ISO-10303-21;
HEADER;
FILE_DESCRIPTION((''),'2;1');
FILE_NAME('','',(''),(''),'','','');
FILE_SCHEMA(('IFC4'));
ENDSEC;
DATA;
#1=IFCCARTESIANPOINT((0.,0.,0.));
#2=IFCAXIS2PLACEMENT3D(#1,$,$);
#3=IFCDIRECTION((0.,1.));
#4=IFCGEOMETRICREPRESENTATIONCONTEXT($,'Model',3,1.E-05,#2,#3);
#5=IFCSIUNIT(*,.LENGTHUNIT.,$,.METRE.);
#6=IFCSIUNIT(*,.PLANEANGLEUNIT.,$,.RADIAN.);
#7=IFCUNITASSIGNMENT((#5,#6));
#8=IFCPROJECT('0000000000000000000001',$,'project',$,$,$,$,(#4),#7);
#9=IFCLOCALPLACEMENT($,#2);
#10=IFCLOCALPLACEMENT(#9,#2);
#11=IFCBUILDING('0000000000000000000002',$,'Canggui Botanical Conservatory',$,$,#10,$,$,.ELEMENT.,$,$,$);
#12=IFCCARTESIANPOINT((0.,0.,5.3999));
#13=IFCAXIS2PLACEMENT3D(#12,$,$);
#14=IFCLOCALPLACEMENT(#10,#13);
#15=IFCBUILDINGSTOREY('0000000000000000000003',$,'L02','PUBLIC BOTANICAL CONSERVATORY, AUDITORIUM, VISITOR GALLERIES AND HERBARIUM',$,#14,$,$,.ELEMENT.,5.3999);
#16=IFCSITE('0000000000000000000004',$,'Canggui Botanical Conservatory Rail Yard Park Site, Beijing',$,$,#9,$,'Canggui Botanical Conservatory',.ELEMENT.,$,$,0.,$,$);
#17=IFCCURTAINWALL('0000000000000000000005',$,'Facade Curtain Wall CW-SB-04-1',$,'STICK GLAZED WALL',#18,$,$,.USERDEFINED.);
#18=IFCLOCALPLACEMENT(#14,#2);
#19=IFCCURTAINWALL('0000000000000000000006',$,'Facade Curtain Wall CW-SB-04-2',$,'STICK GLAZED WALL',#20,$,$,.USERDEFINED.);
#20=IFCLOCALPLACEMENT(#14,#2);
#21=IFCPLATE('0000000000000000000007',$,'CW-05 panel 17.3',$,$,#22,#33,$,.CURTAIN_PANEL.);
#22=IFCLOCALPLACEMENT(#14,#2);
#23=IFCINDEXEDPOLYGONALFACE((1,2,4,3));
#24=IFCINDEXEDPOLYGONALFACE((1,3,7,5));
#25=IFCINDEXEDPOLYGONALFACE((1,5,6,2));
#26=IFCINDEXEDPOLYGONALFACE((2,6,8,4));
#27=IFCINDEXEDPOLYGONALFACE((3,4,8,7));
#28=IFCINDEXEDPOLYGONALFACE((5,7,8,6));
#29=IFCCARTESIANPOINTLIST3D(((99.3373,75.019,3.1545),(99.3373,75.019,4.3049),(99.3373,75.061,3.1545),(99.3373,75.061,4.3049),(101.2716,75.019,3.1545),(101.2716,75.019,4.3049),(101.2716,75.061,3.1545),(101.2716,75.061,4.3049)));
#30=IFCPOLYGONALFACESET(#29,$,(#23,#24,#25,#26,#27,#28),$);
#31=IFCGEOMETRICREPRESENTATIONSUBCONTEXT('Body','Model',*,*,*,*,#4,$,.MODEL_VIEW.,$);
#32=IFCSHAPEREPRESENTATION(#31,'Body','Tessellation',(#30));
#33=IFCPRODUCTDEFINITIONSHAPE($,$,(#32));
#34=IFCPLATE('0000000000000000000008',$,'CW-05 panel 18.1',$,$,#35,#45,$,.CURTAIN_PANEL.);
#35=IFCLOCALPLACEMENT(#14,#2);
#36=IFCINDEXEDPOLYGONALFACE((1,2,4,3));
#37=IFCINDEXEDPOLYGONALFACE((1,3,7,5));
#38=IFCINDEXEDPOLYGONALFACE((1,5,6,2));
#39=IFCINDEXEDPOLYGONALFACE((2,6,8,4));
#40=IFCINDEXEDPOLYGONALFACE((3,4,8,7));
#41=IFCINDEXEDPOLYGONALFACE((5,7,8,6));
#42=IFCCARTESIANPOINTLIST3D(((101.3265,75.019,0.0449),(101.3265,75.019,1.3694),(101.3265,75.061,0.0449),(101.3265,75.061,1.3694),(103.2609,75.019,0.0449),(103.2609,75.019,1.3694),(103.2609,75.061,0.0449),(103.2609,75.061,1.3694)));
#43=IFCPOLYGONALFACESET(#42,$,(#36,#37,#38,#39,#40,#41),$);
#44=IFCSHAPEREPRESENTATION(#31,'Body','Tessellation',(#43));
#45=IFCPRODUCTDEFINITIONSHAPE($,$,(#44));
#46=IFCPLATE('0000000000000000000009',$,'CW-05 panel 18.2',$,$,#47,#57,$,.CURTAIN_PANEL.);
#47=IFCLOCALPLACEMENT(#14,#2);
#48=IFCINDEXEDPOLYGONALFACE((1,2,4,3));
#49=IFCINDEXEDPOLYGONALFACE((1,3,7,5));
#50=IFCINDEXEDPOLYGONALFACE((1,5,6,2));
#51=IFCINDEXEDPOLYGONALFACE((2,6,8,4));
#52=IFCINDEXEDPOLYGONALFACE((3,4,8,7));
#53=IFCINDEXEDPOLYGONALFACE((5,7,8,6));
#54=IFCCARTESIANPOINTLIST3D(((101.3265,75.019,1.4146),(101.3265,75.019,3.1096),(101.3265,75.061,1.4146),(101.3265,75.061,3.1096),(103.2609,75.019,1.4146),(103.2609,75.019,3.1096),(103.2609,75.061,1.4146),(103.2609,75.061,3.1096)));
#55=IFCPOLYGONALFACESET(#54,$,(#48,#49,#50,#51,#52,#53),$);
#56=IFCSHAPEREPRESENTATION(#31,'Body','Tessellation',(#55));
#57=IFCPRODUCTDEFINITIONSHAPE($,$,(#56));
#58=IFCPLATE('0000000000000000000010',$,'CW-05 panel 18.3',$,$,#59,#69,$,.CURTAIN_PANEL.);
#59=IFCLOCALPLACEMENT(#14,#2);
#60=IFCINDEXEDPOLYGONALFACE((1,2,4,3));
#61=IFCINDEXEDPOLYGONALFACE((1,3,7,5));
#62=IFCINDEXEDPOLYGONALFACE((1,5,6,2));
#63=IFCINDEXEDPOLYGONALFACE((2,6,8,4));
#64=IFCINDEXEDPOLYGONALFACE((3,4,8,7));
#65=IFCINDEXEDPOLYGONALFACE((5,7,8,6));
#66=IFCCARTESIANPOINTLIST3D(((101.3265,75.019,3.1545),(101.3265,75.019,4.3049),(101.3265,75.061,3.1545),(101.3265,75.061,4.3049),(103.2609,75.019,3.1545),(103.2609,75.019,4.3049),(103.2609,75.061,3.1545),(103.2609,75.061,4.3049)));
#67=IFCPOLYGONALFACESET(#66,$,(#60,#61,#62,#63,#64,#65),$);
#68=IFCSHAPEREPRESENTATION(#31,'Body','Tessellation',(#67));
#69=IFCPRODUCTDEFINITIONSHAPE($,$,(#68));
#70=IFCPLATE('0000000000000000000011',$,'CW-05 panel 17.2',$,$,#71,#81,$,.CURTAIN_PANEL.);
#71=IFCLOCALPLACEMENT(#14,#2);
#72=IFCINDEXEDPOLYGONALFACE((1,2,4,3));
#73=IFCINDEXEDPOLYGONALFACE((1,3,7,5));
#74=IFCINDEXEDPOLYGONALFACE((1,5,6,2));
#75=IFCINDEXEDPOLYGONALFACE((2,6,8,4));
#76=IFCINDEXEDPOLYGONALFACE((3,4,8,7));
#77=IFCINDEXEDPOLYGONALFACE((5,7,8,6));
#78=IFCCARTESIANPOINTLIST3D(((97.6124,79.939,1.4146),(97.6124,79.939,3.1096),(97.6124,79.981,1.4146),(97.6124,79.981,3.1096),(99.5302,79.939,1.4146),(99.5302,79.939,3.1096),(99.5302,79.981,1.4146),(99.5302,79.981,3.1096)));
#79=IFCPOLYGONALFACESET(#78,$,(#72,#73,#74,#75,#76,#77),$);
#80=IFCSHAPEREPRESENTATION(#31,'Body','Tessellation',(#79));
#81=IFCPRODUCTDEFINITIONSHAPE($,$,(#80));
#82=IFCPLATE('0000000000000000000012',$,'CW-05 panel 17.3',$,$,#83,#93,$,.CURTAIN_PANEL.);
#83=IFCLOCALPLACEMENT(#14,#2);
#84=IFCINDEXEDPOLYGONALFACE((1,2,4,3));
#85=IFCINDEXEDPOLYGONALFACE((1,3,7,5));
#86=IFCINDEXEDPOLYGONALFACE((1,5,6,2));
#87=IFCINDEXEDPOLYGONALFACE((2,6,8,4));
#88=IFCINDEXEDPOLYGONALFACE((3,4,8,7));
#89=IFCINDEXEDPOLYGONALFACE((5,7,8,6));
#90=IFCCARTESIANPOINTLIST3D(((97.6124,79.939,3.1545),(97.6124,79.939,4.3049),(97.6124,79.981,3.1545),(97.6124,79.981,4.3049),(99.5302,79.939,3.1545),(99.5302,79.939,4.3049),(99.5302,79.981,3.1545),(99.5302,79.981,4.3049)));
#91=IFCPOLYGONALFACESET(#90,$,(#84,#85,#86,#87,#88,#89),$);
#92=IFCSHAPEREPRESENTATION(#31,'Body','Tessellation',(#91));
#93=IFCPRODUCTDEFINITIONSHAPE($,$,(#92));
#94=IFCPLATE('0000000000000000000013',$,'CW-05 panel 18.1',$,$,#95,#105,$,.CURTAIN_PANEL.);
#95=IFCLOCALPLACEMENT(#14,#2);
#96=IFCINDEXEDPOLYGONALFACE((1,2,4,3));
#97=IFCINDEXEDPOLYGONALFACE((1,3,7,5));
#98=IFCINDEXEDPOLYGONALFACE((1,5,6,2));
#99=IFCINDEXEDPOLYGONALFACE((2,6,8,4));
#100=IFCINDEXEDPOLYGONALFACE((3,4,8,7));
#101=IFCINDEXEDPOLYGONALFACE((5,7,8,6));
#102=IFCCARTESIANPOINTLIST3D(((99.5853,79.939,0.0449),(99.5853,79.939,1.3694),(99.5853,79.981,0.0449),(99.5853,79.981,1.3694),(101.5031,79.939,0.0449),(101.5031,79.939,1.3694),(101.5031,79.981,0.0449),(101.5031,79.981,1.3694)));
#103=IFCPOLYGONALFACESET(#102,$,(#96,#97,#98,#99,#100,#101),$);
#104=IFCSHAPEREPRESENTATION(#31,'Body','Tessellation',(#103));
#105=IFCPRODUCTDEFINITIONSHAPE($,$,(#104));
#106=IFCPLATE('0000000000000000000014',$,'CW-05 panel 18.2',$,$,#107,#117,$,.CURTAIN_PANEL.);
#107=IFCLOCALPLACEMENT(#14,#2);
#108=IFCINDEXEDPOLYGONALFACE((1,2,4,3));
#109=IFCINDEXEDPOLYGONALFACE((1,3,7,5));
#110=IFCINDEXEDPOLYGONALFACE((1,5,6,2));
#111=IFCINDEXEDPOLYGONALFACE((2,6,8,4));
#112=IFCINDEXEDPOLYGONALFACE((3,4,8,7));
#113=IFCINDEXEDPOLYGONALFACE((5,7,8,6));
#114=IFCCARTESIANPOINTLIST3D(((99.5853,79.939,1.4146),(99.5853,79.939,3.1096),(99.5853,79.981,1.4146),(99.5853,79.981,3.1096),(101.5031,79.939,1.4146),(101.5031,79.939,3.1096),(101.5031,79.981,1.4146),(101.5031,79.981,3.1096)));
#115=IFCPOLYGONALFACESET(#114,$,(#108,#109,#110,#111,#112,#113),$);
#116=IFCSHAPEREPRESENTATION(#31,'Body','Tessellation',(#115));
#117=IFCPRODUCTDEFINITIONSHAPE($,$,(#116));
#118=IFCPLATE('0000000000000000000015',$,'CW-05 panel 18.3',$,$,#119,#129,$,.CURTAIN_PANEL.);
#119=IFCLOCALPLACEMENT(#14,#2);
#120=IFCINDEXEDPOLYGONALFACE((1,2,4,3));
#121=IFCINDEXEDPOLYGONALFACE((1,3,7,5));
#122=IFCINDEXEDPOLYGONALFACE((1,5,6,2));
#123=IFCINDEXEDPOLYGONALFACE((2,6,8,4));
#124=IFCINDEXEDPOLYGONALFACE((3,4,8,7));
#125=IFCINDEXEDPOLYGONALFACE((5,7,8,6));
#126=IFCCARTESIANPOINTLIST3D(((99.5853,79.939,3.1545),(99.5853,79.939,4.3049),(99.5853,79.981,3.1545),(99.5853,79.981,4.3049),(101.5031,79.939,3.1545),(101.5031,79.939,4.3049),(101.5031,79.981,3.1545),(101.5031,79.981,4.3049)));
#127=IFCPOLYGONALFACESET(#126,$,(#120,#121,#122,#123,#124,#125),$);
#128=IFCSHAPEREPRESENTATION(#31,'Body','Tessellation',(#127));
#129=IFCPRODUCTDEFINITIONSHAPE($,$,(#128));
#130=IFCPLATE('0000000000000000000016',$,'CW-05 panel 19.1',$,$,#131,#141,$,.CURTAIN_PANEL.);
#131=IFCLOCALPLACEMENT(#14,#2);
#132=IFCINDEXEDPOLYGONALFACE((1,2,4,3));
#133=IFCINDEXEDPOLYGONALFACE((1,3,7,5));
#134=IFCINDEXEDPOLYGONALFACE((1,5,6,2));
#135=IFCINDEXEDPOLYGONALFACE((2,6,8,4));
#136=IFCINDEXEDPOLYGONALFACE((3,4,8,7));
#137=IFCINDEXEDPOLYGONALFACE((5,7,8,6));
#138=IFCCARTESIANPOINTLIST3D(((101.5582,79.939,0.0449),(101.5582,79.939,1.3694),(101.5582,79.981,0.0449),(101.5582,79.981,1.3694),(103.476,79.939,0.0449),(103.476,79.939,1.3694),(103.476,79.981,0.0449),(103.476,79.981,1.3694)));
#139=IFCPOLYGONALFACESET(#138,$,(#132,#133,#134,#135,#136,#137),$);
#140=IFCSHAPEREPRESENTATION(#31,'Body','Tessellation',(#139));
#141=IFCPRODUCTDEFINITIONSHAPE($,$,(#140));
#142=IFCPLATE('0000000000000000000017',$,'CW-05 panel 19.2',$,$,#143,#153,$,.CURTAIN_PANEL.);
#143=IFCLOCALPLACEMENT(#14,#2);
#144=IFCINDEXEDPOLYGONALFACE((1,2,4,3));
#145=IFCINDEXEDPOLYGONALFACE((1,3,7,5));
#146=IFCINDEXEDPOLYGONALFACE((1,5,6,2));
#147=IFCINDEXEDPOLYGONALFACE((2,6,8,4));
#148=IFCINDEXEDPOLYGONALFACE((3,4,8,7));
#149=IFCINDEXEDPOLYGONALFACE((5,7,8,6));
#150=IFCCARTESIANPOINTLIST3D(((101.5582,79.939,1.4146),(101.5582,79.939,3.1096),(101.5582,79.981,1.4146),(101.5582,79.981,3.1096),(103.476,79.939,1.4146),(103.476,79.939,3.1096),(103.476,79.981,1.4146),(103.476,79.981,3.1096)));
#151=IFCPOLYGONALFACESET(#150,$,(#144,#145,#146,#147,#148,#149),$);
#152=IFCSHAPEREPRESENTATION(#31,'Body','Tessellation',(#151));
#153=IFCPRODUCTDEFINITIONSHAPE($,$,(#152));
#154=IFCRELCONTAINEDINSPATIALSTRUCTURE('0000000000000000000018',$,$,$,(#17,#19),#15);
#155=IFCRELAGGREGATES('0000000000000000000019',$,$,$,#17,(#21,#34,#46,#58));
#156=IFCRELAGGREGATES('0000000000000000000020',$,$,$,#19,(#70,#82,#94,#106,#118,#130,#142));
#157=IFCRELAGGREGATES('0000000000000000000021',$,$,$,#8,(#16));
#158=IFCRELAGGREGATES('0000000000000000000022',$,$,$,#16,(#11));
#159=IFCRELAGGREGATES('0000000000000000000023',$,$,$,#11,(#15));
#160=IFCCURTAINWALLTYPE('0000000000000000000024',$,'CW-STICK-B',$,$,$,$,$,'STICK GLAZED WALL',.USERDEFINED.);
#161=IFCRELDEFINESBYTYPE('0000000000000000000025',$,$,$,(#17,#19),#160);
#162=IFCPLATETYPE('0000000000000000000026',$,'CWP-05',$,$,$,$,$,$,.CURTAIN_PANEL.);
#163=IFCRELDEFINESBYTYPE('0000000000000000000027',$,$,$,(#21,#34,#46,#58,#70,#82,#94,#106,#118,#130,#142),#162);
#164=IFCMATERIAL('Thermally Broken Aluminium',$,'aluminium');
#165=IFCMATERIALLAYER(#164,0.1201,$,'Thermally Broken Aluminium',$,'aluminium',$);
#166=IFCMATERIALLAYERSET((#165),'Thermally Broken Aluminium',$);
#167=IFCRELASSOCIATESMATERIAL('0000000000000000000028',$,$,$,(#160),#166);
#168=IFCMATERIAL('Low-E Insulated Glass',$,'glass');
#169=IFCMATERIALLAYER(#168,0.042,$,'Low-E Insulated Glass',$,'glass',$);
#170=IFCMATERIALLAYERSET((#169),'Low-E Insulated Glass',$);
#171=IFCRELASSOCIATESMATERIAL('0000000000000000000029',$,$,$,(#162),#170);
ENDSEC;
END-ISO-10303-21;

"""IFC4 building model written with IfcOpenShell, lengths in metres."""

from ifc_helpers import new_model, si_unit, direction, frame, origin, origin_2d, place, context, subcontext, project, spatial, rectangle, extrude, material, layer, layer_set, type_object, element, aggregate, save


model = new_model("IFC4")

# Units and contexts
model_context = context("Model", 3, precision=1e-05, world=origin(), true_north=direction((0.0, 1.0)))
body_context = subcontext(model_context, "Body", "Model", "MODEL_VIEW")
ifc_project = project(units=[si_unit("LENGTHUNIT", "METRE"), si_unit("PLANEANGLEUNIT", "RADIAN")], contexts=[model_context])

# Site, building, storey
site_placement = place(None, origin())
site = spatial("IfcSite", under=ifc_project, at=site_placement, Name="Canggui Botanical Conservatory Rail Yard Park Site, Beijing", LongName="Canggui Botanical Conservatory", CompositionType="ELEMENT", RefElevation=0.0)
building_placement = place(site_placement, origin())
building = spatial("IfcBuilding", under=site, at=building_placement, Name="Canggui Botanical Conservatory", CompositionType="ELEMENT")
storey_placement = place(building_placement, frame((0.0, 0.0, 5.3999)))
storey = spatial("IfcBuildingStorey", under=building, at=storey_placement, Name="L02", Description="PUBLIC BOTANICAL CONSERVATORY, AUDITORIUM, VISITOR GALLERIES AND HERBARIUM", CompositionType="ELEMENT", Elevation=5.3999)

# Curtain walls
ifc_material_1 = material(Name="Thermally Broken Aluminium", Category="aluminium")
ifc_layer_1 = layer(ifc_material_1, 0.1201, Name="Thermally Broken Aluminium", Category="aluminium")
ifc_layer_set_1 = layer_set([ifc_layer_1], Name="Thermally Broken Aluminium")
curtain_wall_type = type_object("IfcCurtainWallType", Name="CW-STICK-B", ElementType="STICK GLAZED WALL", PredefinedType="USERDEFINED", material=ifc_layer_set_1)
curtain_wall_1_placement = place(storey_placement, origin())
curtain_wall_1 = element("IfcCurtainWall", 1, at=curtain_wall_1_placement, inside=storey, type_object=curtain_wall_type, Name="Facade Curtain Wall CW-SB-04-1", ObjectType="STICK GLAZED WALL", PredefinedType="USERDEFINED")
curtain_wall_2_placement = place(storey_placement, origin())
curtain_wall_2 = element("IfcCurtainWall", 2, at=curtain_wall_2_placement, inside=storey, type_object=curtain_wall_type, Name="Facade Curtain Wall CW-SB-04-2", ObjectType="STICK GLAZED WALL", PredefinedType="USERDEFINED")

# Plates
ifc_material_2 = material(Name="Low-E Insulated Glass", Category="glass")
ifc_layer_2 = layer(ifc_material_2, 0.042, Name="Low-E Insulated Glass", Category="glass")
ifc_layer_set_2 = layer_set([ifc_layer_2], Name="Low-E Insulated Glass")
plate_type = type_object("IfcPlateType", Name="CWP-05", PredefinedType="CURTAIN_PANEL", material=ifc_layer_set_2)
plate_1_placement = place(storey_placement, frame((100.3044, 75.04, 3.1545), z_axis=(0.0, 0.0, 1.0), x_axis=(1.0, 0.0, 0.0)))
plate_1 = element("IfcPlate", 3, at=plate_1_placement, type_object=plate_type, Name="CW-05 panel 17.3", PredefinedType="CURTAIN_PANEL", context=body_context, shape_type="SweptSolid", body=[
    extrude(rectangle(XDim=1.9343, YDim=0.042, at=origin_2d()), origin(), (0.0, 0.0, 1.0), 1.1504),
])
plate_2_placement = place(storey_placement, frame((102.2937, 75.04, 0.0449), z_axis=(0.0, 0.0, 1.0), x_axis=(1.0, 0.0, 0.0)))
plate_2 = element("IfcPlate", 4, at=plate_2_placement, type_object=plate_type, Name="CW-05 panel 18.1", PredefinedType="CURTAIN_PANEL", context=body_context, shape_type="SweptSolid", body=[
    extrude(rectangle(XDim=1.9343, YDim=0.042, at=origin_2d()), origin(), (0.0, 0.0, 1.0), 1.3245),
])
plate_3_placement = place(storey_placement, frame((102.2937, 75.04, 1.4146), z_axis=(0.0, 0.0, 1.0), x_axis=(1.0, 0.0, 0.0)))
plate_3 = element("IfcPlate", 5, at=plate_3_placement, type_object=plate_type, Name="CW-05 panel 18.2", PredefinedType="CURTAIN_PANEL", context=body_context, shape_type="SweptSolid", body=[
    extrude(rectangle(XDim=1.9343, YDim=0.042, at=origin_2d()), origin(), (0.0, 0.0, 1.0), 1.6951),
])
plate_4_placement = place(storey_placement, frame((102.2937, 75.04, 3.1545), z_axis=(0.0, 0.0, 1.0), x_axis=(1.0, 0.0, 0.0)))
plate_4 = element("IfcPlate", 6, at=plate_4_placement, type_object=plate_type, Name="CW-05 panel 18.3", PredefinedType="CURTAIN_PANEL", context=body_context, shape_type="SweptSolid", body=[
    extrude(rectangle(XDim=1.9343, YDim=0.042, at=origin_2d()), origin(), (0.0, 0.0, 1.0), 1.1504),
])
aggregate(curtain_wall_1, [plate_1, plate_2, plate_3, plate_4])
plate_5_placement = place(storey_placement, frame((98.5713, 79.96, 1.4146), z_axis=(0.0, 0.0, 1.0), x_axis=(1.0, 0.0, 0.0)))
plate_5 = element("IfcPlate", 7, at=plate_5_placement, type_object=plate_type, Name="CW-05 panel 17.2", PredefinedType="CURTAIN_PANEL", context=body_context, shape_type="SweptSolid", body=[
    extrude(rectangle(XDim=1.9177, YDim=0.042, at=origin_2d()), origin(), (0.0, 0.0, 1.0), 1.6951),
])
plate_6_placement = place(storey_placement, frame((98.5713, 79.96, 3.1545), z_axis=(0.0, 0.0, 1.0), x_axis=(1.0, 0.0, 0.0)))
plate_6 = element("IfcPlate", 8, at=plate_6_placement, type_object=plate_type, Name="CW-05 panel 17.3", PredefinedType="CURTAIN_PANEL", context=body_context, shape_type="SweptSolid", body=[
    extrude(rectangle(XDim=1.9177, YDim=0.042, at=origin_2d()), origin(), (0.0, 0.0, 1.0), 1.1504),
])
plate_7_placement = place(storey_placement, frame((100.5442, 79.96, 0.0449), z_axis=(0.0, 0.0, 1.0), x_axis=(1.0, 0.0, 0.0)))
plate_7 = element("IfcPlate", 9, at=plate_7_placement, type_object=plate_type, Name="CW-05 panel 18.1", PredefinedType="CURTAIN_PANEL", context=body_context, shape_type="SweptSolid", body=[
    extrude(rectangle(XDim=1.9177, YDim=0.042, at=origin_2d()), origin(), (0.0, 0.0, 1.0), 1.3245),
])
plate_8_placement = place(storey_placement, frame((100.5442, 79.96, 1.4146), z_axis=(0.0, 0.0, 1.0), x_axis=(1.0, 0.0, 0.0)))
plate_8 = element("IfcPlate", 10, at=plate_8_placement, type_object=plate_type, Name="CW-05 panel 18.2", PredefinedType="CURTAIN_PANEL", context=body_context, shape_type="SweptSolid", body=[
    extrude(rectangle(XDim=1.9177, YDim=0.042, at=origin_2d()), origin(), (0.0, 0.0, 1.0), 1.6951),
])
plate_9_placement = place(storey_placement, frame((100.5442, 79.96, 3.1545), z_axis=(0.0, 0.0, 1.0), x_axis=(1.0, 0.0, 0.0)))
plate_9 = element("IfcPlate", 11, at=plate_9_placement, type_object=plate_type, Name="CW-05 panel 18.3", PredefinedType="CURTAIN_PANEL", context=body_context, shape_type="SweptSolid", body=[
    extrude(rectangle(XDim=1.9177, YDim=0.042, at=origin_2d()), origin(), (0.0, 0.0, 1.0), 1.1504),
])
plate_10_placement = place(storey_placement, frame((102.5171, 79.96, 0.0449), z_axis=(0.0, 0.0, 1.0), x_axis=(1.0, 0.0, 0.0)))
plate_10 = element("IfcPlate", 12, at=plate_10_placement, type_object=plate_type, Name="CW-05 panel 19.1", PredefinedType="CURTAIN_PANEL", context=body_context, shape_type="SweptSolid", body=[
    extrude(rectangle(XDim=1.9177, YDim=0.042, at=origin_2d()), origin(), (0.0, 0.0, 1.0), 1.3245),
])
plate_11_placement = place(storey_placement, frame((102.5171, 79.96, 1.4146), z_axis=(0.0, 0.0, 1.0), x_axis=(1.0, 0.0, 0.0)))
plate_11 = element("IfcPlate", 13, at=plate_11_placement, type_object=plate_type, Name="CW-05 panel 19.2", PredefinedType="CURTAIN_PANEL", context=body_context, shape_type="SweptSolid", body=[
    extrude(rectangle(XDim=1.9177, YDim=0.042, at=origin_2d()), origin(), (0.0, 0.0, 1.0), 1.6951),
])
aggregate(curtain_wall_2, [plate_5, plate_6, plate_7, plate_8, plate_9, plate_10, plate_11])

save(model, "model.ifc")
